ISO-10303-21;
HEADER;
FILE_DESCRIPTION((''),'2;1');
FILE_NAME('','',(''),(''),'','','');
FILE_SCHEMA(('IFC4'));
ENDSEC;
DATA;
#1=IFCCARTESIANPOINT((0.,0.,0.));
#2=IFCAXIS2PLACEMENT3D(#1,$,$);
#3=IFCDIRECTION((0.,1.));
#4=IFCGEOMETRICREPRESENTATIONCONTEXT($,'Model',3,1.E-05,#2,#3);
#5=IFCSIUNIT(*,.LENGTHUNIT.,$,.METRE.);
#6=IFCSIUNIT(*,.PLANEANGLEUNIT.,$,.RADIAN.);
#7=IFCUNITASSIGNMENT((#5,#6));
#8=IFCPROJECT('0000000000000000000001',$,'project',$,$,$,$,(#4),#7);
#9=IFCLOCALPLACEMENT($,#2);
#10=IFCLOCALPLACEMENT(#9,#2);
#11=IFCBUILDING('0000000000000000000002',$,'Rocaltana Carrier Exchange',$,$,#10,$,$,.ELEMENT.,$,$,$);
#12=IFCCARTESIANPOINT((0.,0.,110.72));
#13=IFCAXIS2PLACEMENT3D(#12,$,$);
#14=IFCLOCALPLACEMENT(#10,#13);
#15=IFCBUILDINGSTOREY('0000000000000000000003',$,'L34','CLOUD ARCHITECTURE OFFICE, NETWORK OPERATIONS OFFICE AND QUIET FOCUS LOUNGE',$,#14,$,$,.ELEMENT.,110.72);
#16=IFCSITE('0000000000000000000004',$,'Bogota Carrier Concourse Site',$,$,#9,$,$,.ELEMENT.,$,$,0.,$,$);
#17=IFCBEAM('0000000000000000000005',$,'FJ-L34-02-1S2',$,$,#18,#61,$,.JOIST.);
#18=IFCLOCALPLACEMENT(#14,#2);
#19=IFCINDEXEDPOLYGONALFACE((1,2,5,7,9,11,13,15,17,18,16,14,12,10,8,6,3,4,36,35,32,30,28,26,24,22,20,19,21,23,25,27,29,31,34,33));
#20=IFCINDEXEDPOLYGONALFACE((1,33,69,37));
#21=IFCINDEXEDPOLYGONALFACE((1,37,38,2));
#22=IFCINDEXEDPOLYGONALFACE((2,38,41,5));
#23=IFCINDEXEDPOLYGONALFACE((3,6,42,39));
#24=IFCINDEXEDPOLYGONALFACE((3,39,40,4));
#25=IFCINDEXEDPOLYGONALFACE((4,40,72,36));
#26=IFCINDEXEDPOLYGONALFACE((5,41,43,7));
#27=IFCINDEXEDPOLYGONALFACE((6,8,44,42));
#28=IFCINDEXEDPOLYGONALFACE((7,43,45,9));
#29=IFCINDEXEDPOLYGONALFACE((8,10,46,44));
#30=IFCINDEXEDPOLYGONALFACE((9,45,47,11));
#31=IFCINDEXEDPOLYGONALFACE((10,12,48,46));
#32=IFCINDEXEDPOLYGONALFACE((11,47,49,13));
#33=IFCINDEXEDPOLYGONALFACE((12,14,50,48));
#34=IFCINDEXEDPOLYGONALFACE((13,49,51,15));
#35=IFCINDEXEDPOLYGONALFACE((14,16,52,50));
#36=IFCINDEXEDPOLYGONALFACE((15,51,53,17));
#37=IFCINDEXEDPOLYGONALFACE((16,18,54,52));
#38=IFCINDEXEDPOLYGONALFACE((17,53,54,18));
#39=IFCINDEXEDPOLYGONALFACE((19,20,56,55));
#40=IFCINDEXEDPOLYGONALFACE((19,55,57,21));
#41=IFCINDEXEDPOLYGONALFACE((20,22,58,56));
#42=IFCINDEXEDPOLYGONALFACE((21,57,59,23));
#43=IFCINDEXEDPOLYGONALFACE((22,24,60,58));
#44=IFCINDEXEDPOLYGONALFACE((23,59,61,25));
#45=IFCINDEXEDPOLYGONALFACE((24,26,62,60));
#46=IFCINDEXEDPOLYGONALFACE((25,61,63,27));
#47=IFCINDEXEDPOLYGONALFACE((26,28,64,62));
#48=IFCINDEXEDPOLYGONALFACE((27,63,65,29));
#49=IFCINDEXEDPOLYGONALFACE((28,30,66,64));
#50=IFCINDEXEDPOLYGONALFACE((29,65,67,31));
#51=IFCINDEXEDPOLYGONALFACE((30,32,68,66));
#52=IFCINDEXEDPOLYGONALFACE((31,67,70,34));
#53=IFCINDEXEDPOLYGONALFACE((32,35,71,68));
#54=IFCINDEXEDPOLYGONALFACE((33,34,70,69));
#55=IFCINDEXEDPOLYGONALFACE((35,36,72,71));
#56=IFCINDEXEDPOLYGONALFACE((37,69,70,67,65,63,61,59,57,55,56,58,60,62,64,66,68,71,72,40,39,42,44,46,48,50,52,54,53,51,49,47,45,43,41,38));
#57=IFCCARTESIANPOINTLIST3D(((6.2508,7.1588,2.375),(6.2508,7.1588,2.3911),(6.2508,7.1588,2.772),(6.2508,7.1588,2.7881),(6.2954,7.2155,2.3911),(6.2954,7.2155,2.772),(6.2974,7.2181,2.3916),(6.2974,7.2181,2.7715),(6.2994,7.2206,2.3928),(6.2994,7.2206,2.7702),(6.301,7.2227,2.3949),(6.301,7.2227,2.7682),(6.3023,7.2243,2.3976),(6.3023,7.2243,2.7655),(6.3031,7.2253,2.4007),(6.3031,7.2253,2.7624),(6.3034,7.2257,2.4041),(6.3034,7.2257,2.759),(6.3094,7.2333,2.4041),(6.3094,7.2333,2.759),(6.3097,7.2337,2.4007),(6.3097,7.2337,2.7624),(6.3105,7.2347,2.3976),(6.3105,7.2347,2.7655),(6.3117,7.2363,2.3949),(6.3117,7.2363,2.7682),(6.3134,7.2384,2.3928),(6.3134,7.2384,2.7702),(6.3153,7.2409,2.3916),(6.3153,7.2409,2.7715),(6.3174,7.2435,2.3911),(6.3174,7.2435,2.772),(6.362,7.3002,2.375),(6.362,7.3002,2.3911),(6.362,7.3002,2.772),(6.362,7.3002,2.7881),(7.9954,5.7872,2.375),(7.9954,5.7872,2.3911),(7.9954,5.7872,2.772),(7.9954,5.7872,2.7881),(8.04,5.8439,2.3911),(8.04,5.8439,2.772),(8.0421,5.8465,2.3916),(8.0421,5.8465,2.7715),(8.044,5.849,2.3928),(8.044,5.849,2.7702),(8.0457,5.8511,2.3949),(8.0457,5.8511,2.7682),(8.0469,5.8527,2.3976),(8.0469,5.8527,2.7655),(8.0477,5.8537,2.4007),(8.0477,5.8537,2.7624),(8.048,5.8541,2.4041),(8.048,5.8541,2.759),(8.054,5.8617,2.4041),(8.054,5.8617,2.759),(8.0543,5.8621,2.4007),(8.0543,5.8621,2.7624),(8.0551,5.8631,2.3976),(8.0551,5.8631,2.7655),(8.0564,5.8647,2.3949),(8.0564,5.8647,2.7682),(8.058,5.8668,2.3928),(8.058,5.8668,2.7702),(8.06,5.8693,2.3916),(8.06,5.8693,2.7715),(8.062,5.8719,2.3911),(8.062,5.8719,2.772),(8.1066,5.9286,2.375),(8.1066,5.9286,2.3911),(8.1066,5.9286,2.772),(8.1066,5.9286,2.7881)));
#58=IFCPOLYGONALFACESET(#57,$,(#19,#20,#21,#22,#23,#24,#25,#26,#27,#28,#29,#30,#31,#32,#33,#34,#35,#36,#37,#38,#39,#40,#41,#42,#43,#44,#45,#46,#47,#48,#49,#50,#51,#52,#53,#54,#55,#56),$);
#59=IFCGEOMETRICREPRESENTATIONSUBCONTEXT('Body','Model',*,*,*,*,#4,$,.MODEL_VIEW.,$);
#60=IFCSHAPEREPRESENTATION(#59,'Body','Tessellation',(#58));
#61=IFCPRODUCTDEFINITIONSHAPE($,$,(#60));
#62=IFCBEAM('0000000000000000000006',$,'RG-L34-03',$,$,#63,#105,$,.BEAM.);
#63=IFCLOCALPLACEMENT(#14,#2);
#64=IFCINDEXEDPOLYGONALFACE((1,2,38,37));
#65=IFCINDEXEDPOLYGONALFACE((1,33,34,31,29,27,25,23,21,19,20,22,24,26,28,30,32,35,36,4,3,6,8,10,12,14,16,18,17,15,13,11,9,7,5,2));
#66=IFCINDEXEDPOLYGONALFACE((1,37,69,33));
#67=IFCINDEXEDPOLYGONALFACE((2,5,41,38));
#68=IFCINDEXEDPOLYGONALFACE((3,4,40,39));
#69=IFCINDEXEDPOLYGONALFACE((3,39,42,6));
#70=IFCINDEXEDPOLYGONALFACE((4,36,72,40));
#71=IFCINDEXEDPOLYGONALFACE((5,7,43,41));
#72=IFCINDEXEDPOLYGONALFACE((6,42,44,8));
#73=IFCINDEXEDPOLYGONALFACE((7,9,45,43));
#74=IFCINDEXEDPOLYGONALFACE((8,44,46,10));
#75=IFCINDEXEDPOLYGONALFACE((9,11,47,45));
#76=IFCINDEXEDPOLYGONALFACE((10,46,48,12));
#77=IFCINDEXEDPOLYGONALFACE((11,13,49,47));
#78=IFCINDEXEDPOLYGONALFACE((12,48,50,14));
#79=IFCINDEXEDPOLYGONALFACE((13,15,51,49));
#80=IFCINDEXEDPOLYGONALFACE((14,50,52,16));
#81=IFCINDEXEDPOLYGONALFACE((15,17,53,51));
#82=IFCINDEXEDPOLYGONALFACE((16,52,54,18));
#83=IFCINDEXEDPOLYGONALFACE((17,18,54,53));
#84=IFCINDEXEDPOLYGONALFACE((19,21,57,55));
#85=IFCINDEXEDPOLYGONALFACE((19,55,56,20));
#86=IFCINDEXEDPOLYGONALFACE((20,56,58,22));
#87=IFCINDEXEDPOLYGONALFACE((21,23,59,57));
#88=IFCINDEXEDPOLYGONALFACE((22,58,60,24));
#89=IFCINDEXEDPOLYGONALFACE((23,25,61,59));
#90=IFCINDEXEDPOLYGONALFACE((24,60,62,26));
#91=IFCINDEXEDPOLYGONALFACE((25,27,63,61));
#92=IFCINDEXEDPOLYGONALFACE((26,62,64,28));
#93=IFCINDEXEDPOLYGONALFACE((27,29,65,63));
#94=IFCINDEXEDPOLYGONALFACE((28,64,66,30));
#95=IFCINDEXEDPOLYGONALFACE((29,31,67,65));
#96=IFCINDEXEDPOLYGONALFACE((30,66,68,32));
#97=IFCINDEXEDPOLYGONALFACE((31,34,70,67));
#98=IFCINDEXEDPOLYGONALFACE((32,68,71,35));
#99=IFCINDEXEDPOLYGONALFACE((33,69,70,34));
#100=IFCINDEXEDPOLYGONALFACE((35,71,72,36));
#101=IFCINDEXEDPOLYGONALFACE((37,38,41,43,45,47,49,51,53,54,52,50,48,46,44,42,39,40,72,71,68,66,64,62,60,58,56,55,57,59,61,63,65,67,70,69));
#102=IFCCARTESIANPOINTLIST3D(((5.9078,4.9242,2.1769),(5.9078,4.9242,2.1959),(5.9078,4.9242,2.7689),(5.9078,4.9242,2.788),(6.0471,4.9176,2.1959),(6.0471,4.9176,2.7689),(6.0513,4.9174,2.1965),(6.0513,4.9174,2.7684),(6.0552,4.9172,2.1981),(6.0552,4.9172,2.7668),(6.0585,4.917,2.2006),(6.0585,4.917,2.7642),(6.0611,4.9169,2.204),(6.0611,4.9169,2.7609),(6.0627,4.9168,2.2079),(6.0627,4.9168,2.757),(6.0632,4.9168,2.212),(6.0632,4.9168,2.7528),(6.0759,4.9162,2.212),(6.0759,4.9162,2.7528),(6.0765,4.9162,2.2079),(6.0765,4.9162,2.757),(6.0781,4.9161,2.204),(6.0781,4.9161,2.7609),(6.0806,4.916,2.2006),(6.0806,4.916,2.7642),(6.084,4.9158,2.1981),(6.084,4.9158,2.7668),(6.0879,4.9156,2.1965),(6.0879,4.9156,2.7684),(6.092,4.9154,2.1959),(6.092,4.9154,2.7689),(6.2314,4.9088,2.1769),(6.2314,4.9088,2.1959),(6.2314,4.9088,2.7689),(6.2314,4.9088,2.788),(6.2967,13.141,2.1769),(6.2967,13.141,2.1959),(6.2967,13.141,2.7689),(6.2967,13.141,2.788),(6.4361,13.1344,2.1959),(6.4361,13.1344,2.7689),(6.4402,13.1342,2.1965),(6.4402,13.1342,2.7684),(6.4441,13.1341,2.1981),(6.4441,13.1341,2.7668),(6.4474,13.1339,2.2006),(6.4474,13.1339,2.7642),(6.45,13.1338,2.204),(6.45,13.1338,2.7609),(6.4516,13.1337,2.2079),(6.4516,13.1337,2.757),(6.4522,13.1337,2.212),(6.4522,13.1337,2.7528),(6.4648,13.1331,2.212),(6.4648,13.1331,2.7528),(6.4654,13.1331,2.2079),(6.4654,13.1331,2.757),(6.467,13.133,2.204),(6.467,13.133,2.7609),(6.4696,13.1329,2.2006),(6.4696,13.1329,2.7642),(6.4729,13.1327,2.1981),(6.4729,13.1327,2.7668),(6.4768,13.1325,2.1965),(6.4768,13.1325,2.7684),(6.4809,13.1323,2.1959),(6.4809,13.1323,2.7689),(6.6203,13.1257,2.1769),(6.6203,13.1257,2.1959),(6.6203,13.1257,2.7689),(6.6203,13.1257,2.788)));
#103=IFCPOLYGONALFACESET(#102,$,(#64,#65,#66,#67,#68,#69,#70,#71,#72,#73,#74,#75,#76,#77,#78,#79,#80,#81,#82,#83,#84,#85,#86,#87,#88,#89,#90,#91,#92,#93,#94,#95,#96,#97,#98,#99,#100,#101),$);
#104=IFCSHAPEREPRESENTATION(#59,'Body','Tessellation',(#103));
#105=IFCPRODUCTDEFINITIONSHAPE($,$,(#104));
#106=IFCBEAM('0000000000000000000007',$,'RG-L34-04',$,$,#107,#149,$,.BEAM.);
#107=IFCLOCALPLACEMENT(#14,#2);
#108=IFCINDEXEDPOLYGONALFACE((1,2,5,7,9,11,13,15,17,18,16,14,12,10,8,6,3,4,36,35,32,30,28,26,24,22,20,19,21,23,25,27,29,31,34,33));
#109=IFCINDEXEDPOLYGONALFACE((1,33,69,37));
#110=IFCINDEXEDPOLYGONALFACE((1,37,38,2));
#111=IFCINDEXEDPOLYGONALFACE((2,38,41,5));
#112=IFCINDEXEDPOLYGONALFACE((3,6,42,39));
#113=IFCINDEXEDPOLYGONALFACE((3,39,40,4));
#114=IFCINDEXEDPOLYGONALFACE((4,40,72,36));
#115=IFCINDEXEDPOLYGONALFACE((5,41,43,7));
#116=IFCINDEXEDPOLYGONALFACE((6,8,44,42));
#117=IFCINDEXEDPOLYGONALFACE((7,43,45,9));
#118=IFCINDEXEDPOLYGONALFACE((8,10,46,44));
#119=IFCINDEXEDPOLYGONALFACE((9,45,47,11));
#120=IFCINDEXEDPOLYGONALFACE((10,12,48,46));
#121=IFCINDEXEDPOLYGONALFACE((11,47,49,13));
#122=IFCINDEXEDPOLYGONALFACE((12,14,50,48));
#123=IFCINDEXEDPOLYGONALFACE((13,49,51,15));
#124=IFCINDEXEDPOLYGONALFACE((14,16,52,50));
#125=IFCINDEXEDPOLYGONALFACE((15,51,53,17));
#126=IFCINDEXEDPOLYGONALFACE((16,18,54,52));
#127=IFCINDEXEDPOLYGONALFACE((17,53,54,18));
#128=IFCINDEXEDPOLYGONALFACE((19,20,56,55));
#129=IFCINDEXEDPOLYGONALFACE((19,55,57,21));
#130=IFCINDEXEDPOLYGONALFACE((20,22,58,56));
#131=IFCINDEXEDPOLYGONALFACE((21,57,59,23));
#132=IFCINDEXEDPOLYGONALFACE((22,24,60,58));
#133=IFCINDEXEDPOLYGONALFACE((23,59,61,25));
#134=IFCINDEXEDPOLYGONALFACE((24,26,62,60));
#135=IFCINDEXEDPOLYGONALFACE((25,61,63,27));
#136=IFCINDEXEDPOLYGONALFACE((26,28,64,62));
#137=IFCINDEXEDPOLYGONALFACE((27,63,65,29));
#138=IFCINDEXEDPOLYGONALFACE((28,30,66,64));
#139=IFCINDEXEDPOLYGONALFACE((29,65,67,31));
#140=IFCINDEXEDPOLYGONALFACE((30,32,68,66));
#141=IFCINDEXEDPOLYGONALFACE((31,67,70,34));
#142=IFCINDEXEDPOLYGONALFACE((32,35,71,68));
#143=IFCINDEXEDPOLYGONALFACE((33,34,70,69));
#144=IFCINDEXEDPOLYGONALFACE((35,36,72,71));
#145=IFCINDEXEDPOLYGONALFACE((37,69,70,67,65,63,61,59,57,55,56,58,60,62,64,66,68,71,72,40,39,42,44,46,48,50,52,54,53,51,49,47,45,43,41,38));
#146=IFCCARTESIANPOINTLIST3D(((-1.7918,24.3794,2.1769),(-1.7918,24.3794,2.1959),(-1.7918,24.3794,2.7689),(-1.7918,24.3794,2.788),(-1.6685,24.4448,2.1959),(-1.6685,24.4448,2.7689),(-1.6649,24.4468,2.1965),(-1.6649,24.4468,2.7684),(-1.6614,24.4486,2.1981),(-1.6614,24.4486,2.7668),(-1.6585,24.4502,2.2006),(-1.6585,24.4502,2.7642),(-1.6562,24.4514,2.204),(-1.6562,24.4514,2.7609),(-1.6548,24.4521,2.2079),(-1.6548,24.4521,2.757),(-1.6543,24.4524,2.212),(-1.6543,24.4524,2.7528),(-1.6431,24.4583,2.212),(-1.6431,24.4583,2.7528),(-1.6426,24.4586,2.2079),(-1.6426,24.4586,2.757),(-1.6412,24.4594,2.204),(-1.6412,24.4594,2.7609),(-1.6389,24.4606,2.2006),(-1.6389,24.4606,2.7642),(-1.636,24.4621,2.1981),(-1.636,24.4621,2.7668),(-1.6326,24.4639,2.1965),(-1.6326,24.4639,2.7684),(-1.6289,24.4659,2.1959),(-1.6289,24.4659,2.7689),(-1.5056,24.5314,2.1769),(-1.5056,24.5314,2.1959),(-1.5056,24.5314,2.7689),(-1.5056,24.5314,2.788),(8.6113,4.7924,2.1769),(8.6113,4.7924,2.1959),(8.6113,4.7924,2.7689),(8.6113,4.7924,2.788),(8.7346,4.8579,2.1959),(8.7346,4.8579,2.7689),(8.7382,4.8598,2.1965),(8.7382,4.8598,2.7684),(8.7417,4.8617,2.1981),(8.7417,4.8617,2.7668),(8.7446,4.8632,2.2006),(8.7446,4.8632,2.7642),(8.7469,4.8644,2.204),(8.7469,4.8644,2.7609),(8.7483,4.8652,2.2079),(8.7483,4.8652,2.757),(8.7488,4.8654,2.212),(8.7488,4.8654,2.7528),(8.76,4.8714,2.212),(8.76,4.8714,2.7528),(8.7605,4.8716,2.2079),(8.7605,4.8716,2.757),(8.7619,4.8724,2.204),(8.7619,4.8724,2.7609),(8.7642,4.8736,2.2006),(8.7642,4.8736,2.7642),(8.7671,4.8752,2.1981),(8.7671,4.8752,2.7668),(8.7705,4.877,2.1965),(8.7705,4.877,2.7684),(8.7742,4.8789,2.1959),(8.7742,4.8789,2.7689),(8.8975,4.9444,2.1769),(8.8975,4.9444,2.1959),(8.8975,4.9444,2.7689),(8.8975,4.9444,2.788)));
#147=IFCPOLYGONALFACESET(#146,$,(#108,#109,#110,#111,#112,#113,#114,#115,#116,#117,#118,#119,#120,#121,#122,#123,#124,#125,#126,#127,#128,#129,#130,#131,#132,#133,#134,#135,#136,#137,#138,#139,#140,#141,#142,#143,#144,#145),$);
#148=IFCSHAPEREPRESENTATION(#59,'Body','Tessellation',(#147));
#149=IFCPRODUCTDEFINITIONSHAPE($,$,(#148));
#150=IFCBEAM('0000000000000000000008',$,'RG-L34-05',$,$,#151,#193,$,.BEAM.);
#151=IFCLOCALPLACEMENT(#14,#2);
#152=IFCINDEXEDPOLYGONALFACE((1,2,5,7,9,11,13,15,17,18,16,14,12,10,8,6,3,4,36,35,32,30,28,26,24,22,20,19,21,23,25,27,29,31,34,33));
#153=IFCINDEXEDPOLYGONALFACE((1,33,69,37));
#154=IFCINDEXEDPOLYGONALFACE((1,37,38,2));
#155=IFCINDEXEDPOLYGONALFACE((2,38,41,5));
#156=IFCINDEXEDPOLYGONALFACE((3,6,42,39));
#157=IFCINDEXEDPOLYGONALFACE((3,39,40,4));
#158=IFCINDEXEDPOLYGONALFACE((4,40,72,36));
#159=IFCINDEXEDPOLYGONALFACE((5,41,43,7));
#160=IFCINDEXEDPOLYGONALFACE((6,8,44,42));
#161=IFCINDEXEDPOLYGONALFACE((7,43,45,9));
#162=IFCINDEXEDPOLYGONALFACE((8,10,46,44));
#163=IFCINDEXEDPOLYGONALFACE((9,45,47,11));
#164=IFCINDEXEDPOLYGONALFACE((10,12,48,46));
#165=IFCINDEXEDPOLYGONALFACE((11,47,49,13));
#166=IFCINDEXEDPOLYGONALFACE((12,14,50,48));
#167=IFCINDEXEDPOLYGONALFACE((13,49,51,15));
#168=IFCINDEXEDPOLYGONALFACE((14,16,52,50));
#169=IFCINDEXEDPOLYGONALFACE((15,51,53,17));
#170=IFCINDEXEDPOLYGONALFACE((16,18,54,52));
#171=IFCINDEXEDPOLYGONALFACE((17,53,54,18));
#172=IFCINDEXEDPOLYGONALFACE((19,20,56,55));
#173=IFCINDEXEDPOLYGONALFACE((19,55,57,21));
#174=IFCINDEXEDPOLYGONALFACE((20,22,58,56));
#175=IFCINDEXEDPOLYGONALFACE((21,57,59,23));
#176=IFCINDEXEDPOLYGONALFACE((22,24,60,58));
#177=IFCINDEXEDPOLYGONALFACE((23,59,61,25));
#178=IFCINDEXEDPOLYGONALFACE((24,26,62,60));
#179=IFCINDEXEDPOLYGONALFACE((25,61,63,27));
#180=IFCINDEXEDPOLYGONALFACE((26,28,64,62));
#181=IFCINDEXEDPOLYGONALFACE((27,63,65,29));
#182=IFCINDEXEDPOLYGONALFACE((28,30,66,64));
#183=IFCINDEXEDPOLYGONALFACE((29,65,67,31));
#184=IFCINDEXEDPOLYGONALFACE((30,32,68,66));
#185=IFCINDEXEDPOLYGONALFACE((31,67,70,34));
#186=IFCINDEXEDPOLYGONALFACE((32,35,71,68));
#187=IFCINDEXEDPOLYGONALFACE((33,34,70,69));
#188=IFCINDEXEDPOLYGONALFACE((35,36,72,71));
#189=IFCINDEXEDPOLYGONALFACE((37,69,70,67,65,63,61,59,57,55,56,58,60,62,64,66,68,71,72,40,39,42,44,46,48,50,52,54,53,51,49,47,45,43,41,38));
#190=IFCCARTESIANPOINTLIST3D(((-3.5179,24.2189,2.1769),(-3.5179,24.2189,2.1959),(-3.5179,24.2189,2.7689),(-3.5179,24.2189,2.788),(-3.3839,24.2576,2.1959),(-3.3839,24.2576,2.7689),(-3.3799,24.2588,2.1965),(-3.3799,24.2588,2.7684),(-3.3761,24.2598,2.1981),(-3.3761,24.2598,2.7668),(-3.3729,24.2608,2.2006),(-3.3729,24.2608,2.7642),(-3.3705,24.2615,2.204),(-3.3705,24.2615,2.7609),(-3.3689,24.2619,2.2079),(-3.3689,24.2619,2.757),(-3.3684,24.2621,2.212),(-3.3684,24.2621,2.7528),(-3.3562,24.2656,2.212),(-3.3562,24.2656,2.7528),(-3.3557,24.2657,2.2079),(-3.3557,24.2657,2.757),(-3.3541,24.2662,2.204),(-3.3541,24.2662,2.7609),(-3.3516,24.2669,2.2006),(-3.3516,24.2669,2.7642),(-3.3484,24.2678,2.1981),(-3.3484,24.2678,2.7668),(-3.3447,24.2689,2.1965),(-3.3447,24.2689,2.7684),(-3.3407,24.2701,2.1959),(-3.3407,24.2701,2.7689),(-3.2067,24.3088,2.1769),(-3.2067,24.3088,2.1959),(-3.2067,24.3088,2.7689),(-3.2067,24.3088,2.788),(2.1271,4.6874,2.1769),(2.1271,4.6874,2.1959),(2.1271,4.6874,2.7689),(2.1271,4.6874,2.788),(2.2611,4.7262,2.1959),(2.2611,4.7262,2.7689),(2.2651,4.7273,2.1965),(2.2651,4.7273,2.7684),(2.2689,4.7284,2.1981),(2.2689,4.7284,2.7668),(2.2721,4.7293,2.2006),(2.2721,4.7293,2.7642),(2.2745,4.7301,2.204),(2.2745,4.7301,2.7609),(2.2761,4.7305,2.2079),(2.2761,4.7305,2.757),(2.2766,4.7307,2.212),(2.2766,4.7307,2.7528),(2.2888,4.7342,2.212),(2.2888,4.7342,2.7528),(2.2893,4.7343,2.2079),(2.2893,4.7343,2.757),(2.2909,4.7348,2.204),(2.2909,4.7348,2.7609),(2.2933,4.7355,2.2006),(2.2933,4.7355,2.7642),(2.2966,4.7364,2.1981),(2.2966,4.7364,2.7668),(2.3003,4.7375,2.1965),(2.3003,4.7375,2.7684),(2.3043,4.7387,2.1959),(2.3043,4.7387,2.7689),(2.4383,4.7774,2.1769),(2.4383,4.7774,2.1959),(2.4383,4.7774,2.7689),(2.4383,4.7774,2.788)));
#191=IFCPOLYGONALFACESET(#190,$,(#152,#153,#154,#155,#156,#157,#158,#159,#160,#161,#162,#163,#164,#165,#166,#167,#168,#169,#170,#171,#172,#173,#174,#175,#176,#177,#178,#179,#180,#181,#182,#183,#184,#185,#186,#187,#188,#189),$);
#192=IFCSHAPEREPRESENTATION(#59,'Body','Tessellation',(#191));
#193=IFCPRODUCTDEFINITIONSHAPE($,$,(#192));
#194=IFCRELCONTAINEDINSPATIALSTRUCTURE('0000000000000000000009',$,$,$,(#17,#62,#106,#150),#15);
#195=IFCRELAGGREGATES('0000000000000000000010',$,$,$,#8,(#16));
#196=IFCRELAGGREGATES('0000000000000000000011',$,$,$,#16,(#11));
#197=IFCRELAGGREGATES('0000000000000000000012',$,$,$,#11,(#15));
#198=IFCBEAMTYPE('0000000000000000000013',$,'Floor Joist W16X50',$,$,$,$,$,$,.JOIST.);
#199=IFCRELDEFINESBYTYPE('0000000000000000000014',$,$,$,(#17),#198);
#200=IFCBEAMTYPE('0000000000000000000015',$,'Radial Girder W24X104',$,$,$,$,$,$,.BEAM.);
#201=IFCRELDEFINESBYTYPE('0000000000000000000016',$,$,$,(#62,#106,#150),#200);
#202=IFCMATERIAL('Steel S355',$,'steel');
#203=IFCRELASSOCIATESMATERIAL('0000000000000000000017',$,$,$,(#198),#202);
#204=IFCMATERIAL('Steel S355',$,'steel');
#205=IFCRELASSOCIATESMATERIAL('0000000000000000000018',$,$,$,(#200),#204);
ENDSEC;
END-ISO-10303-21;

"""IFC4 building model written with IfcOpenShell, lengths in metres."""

from ifc_helpers import new_model, si_unit, direction, frame, origin, origin_2d, place, context, subcontext, project, spatial, i_section, extrude, material, material_profile, profile_set, type_object, element, save


model = new_model("IFC4")

# Units and contexts
model_context = context("Model", 3, precision=1e-05, world=origin(), true_north=direction((0.0, 1.0)))
body_context = subcontext(model_context, "Body", "Model", "MODEL_VIEW")
ifc_project = project(units=[si_unit("LENGTHUNIT", "METRE"), si_unit("PLANEANGLEUNIT", "RADIAN")], contexts=[model_context])

# Site, building, storey
site_placement = place(None, origin())
site = spatial("IfcSite", under=ifc_project, at=site_placement, Name="Bogota Carrier Concourse Site", CompositionType="ELEMENT", RefElevation=0.0)
building_placement = place(site_placement, origin())
building = spatial("IfcBuilding", under=site, at=building_placement, Name="Rocaltana Carrier Exchange", CompositionType="ELEMENT")
storey_placement = place(building_placement, frame((0.0, 0.0, 110.72)))
storey = spatial("IfcBuildingStorey", under=building, at=storey_placement, Name="L34", Description="CLOUD ARCHITECTURE OFFICE, NETWORK OPERATIONS OFFICE AND QUIET FOCUS LOUNGE", CompositionType="ELEMENT", Elevation=110.72)

# Beams
ifc_material_1 = material(Name="Steel S355", Category="steel")
ifc_material_profile_1 = material_profile(ifc_material_1, i_section(OverallWidth=0.1799, OverallDepth=0.4131, WebThickness=0.0098, FlangeThickness=0.0161, FilletRadius=0.0129, at=origin_2d()), Name="W16X50")
ifc_profile_set_1 = profile_set([ifc_material_profile_1], Name="Steel S355")
beam_type_1 = type_object("IfcBeamType", Name="Floor Joist W16X50", PredefinedType="JOIST", material=ifc_profile_set_1)
beam_1_placement = place(storey_placement, frame((8.051, 5.8579, 2.5815), z_axis=(-0.786143, 0.618045, 0.0), x_axis=(-0.618045, -0.786143, 0.0)))
element("IfcBeam", 1, at=beam_1_placement, inside=storey, type_object=beam_type_1, Name="FJ-L34-02-1S2", PredefinedType="JOIST", context=body_context, shape_type="SweptSolid", body=[
    extrude(i_section(OverallWidth=0.1799, OverallDepth=0.4131, WebThickness=0.0098, FlangeThickness=0.0161, FilletRadius=0.0129, at=origin_2d()), origin(), (0.0, 0.0, 1.0), 2.2192),
])
ifc_material_2 = material(Name="Steel S355", Category="steel")
ifc_material_profile_2 = material_profile(ifc_material_2, i_section(OverallWidth=0.324, OverallDepth=0.6111, WebThickness=0.0127, FlangeThickness=0.019, FilletRadius=0.0161, at=origin_2d()), Name="W24X104")
ifc_profile_set_2 = profile_set([ifc_material_profile_2], Name="Steel S355")
beam_type_2 = type_object("IfcBeamType", Name="Radial Girder W24X104", PredefinedType="BEAM", material=ifc_profile_set_2)
beam_2_placement = place(storey_placement, frame((6.0696, 4.9165, 2.4824), z_axis=(0.047279, 0.998882, 0.0), x_axis=(-0.998882, 0.047279, 0.0)))
element("IfcBeam", 2, at=beam_2_placement, inside=storey, type_object=beam_type_2, Name="RG-L34-03", PredefinedType="BEAM", context=body_context, shape_type="SweptSolid", body=[
    extrude(i_section(OverallWidth=0.324, OverallDepth=0.6111, WebThickness=0.0127, FlangeThickness=0.019, FilletRadius=0.0161, at=origin_2d()), origin(), (0.0, 0.0, 1.0), 8.2261),
])
beam_3_placement = place(storey_placement, frame((8.7544, 4.8684, 2.4824), z_axis=(-0.469068, 0.883162, 0.0), x_axis=(-0.883162, -0.469068, 0.0)))
element("IfcBeam", 3, at=beam_3_placement, inside=storey, type_object=beam_type_2, Name="RG-L34-04", PredefinedType="BEAM", context=body_context, shape_type="SweptSolid", body=[
    extrude(i_section(OverallWidth=0.324, OverallDepth=0.6111, WebThickness=0.0127, FlangeThickness=0.019, FilletRadius=0.0161, at=origin_2d()), origin(), (0.0, 0.0, 1.0), 22.1782),
])
beam_4_placement = place(storey_placement, frame((2.2827, 4.7324, 2.4824), z_axis=(-0.277657, 0.96068, 0.0), x_axis=(-0.96068, -0.277657, 0.0)))
element("IfcBeam", 4, at=beam_4_placement, inside=storey, type_object=beam_type_2, Name="RG-L34-05", PredefinedType="BEAM", context=body_context, shape_type="SweptSolid", body=[
    extrude(i_section(OverallWidth=0.324, OverallDepth=0.6111, WebThickness=0.0127, FlangeThickness=0.019, FilletRadius=0.0161, at=origin_2d()), origin(), (0.0, 0.0, 1.0), 20.3308),
])

save(model, "model.ifc")
